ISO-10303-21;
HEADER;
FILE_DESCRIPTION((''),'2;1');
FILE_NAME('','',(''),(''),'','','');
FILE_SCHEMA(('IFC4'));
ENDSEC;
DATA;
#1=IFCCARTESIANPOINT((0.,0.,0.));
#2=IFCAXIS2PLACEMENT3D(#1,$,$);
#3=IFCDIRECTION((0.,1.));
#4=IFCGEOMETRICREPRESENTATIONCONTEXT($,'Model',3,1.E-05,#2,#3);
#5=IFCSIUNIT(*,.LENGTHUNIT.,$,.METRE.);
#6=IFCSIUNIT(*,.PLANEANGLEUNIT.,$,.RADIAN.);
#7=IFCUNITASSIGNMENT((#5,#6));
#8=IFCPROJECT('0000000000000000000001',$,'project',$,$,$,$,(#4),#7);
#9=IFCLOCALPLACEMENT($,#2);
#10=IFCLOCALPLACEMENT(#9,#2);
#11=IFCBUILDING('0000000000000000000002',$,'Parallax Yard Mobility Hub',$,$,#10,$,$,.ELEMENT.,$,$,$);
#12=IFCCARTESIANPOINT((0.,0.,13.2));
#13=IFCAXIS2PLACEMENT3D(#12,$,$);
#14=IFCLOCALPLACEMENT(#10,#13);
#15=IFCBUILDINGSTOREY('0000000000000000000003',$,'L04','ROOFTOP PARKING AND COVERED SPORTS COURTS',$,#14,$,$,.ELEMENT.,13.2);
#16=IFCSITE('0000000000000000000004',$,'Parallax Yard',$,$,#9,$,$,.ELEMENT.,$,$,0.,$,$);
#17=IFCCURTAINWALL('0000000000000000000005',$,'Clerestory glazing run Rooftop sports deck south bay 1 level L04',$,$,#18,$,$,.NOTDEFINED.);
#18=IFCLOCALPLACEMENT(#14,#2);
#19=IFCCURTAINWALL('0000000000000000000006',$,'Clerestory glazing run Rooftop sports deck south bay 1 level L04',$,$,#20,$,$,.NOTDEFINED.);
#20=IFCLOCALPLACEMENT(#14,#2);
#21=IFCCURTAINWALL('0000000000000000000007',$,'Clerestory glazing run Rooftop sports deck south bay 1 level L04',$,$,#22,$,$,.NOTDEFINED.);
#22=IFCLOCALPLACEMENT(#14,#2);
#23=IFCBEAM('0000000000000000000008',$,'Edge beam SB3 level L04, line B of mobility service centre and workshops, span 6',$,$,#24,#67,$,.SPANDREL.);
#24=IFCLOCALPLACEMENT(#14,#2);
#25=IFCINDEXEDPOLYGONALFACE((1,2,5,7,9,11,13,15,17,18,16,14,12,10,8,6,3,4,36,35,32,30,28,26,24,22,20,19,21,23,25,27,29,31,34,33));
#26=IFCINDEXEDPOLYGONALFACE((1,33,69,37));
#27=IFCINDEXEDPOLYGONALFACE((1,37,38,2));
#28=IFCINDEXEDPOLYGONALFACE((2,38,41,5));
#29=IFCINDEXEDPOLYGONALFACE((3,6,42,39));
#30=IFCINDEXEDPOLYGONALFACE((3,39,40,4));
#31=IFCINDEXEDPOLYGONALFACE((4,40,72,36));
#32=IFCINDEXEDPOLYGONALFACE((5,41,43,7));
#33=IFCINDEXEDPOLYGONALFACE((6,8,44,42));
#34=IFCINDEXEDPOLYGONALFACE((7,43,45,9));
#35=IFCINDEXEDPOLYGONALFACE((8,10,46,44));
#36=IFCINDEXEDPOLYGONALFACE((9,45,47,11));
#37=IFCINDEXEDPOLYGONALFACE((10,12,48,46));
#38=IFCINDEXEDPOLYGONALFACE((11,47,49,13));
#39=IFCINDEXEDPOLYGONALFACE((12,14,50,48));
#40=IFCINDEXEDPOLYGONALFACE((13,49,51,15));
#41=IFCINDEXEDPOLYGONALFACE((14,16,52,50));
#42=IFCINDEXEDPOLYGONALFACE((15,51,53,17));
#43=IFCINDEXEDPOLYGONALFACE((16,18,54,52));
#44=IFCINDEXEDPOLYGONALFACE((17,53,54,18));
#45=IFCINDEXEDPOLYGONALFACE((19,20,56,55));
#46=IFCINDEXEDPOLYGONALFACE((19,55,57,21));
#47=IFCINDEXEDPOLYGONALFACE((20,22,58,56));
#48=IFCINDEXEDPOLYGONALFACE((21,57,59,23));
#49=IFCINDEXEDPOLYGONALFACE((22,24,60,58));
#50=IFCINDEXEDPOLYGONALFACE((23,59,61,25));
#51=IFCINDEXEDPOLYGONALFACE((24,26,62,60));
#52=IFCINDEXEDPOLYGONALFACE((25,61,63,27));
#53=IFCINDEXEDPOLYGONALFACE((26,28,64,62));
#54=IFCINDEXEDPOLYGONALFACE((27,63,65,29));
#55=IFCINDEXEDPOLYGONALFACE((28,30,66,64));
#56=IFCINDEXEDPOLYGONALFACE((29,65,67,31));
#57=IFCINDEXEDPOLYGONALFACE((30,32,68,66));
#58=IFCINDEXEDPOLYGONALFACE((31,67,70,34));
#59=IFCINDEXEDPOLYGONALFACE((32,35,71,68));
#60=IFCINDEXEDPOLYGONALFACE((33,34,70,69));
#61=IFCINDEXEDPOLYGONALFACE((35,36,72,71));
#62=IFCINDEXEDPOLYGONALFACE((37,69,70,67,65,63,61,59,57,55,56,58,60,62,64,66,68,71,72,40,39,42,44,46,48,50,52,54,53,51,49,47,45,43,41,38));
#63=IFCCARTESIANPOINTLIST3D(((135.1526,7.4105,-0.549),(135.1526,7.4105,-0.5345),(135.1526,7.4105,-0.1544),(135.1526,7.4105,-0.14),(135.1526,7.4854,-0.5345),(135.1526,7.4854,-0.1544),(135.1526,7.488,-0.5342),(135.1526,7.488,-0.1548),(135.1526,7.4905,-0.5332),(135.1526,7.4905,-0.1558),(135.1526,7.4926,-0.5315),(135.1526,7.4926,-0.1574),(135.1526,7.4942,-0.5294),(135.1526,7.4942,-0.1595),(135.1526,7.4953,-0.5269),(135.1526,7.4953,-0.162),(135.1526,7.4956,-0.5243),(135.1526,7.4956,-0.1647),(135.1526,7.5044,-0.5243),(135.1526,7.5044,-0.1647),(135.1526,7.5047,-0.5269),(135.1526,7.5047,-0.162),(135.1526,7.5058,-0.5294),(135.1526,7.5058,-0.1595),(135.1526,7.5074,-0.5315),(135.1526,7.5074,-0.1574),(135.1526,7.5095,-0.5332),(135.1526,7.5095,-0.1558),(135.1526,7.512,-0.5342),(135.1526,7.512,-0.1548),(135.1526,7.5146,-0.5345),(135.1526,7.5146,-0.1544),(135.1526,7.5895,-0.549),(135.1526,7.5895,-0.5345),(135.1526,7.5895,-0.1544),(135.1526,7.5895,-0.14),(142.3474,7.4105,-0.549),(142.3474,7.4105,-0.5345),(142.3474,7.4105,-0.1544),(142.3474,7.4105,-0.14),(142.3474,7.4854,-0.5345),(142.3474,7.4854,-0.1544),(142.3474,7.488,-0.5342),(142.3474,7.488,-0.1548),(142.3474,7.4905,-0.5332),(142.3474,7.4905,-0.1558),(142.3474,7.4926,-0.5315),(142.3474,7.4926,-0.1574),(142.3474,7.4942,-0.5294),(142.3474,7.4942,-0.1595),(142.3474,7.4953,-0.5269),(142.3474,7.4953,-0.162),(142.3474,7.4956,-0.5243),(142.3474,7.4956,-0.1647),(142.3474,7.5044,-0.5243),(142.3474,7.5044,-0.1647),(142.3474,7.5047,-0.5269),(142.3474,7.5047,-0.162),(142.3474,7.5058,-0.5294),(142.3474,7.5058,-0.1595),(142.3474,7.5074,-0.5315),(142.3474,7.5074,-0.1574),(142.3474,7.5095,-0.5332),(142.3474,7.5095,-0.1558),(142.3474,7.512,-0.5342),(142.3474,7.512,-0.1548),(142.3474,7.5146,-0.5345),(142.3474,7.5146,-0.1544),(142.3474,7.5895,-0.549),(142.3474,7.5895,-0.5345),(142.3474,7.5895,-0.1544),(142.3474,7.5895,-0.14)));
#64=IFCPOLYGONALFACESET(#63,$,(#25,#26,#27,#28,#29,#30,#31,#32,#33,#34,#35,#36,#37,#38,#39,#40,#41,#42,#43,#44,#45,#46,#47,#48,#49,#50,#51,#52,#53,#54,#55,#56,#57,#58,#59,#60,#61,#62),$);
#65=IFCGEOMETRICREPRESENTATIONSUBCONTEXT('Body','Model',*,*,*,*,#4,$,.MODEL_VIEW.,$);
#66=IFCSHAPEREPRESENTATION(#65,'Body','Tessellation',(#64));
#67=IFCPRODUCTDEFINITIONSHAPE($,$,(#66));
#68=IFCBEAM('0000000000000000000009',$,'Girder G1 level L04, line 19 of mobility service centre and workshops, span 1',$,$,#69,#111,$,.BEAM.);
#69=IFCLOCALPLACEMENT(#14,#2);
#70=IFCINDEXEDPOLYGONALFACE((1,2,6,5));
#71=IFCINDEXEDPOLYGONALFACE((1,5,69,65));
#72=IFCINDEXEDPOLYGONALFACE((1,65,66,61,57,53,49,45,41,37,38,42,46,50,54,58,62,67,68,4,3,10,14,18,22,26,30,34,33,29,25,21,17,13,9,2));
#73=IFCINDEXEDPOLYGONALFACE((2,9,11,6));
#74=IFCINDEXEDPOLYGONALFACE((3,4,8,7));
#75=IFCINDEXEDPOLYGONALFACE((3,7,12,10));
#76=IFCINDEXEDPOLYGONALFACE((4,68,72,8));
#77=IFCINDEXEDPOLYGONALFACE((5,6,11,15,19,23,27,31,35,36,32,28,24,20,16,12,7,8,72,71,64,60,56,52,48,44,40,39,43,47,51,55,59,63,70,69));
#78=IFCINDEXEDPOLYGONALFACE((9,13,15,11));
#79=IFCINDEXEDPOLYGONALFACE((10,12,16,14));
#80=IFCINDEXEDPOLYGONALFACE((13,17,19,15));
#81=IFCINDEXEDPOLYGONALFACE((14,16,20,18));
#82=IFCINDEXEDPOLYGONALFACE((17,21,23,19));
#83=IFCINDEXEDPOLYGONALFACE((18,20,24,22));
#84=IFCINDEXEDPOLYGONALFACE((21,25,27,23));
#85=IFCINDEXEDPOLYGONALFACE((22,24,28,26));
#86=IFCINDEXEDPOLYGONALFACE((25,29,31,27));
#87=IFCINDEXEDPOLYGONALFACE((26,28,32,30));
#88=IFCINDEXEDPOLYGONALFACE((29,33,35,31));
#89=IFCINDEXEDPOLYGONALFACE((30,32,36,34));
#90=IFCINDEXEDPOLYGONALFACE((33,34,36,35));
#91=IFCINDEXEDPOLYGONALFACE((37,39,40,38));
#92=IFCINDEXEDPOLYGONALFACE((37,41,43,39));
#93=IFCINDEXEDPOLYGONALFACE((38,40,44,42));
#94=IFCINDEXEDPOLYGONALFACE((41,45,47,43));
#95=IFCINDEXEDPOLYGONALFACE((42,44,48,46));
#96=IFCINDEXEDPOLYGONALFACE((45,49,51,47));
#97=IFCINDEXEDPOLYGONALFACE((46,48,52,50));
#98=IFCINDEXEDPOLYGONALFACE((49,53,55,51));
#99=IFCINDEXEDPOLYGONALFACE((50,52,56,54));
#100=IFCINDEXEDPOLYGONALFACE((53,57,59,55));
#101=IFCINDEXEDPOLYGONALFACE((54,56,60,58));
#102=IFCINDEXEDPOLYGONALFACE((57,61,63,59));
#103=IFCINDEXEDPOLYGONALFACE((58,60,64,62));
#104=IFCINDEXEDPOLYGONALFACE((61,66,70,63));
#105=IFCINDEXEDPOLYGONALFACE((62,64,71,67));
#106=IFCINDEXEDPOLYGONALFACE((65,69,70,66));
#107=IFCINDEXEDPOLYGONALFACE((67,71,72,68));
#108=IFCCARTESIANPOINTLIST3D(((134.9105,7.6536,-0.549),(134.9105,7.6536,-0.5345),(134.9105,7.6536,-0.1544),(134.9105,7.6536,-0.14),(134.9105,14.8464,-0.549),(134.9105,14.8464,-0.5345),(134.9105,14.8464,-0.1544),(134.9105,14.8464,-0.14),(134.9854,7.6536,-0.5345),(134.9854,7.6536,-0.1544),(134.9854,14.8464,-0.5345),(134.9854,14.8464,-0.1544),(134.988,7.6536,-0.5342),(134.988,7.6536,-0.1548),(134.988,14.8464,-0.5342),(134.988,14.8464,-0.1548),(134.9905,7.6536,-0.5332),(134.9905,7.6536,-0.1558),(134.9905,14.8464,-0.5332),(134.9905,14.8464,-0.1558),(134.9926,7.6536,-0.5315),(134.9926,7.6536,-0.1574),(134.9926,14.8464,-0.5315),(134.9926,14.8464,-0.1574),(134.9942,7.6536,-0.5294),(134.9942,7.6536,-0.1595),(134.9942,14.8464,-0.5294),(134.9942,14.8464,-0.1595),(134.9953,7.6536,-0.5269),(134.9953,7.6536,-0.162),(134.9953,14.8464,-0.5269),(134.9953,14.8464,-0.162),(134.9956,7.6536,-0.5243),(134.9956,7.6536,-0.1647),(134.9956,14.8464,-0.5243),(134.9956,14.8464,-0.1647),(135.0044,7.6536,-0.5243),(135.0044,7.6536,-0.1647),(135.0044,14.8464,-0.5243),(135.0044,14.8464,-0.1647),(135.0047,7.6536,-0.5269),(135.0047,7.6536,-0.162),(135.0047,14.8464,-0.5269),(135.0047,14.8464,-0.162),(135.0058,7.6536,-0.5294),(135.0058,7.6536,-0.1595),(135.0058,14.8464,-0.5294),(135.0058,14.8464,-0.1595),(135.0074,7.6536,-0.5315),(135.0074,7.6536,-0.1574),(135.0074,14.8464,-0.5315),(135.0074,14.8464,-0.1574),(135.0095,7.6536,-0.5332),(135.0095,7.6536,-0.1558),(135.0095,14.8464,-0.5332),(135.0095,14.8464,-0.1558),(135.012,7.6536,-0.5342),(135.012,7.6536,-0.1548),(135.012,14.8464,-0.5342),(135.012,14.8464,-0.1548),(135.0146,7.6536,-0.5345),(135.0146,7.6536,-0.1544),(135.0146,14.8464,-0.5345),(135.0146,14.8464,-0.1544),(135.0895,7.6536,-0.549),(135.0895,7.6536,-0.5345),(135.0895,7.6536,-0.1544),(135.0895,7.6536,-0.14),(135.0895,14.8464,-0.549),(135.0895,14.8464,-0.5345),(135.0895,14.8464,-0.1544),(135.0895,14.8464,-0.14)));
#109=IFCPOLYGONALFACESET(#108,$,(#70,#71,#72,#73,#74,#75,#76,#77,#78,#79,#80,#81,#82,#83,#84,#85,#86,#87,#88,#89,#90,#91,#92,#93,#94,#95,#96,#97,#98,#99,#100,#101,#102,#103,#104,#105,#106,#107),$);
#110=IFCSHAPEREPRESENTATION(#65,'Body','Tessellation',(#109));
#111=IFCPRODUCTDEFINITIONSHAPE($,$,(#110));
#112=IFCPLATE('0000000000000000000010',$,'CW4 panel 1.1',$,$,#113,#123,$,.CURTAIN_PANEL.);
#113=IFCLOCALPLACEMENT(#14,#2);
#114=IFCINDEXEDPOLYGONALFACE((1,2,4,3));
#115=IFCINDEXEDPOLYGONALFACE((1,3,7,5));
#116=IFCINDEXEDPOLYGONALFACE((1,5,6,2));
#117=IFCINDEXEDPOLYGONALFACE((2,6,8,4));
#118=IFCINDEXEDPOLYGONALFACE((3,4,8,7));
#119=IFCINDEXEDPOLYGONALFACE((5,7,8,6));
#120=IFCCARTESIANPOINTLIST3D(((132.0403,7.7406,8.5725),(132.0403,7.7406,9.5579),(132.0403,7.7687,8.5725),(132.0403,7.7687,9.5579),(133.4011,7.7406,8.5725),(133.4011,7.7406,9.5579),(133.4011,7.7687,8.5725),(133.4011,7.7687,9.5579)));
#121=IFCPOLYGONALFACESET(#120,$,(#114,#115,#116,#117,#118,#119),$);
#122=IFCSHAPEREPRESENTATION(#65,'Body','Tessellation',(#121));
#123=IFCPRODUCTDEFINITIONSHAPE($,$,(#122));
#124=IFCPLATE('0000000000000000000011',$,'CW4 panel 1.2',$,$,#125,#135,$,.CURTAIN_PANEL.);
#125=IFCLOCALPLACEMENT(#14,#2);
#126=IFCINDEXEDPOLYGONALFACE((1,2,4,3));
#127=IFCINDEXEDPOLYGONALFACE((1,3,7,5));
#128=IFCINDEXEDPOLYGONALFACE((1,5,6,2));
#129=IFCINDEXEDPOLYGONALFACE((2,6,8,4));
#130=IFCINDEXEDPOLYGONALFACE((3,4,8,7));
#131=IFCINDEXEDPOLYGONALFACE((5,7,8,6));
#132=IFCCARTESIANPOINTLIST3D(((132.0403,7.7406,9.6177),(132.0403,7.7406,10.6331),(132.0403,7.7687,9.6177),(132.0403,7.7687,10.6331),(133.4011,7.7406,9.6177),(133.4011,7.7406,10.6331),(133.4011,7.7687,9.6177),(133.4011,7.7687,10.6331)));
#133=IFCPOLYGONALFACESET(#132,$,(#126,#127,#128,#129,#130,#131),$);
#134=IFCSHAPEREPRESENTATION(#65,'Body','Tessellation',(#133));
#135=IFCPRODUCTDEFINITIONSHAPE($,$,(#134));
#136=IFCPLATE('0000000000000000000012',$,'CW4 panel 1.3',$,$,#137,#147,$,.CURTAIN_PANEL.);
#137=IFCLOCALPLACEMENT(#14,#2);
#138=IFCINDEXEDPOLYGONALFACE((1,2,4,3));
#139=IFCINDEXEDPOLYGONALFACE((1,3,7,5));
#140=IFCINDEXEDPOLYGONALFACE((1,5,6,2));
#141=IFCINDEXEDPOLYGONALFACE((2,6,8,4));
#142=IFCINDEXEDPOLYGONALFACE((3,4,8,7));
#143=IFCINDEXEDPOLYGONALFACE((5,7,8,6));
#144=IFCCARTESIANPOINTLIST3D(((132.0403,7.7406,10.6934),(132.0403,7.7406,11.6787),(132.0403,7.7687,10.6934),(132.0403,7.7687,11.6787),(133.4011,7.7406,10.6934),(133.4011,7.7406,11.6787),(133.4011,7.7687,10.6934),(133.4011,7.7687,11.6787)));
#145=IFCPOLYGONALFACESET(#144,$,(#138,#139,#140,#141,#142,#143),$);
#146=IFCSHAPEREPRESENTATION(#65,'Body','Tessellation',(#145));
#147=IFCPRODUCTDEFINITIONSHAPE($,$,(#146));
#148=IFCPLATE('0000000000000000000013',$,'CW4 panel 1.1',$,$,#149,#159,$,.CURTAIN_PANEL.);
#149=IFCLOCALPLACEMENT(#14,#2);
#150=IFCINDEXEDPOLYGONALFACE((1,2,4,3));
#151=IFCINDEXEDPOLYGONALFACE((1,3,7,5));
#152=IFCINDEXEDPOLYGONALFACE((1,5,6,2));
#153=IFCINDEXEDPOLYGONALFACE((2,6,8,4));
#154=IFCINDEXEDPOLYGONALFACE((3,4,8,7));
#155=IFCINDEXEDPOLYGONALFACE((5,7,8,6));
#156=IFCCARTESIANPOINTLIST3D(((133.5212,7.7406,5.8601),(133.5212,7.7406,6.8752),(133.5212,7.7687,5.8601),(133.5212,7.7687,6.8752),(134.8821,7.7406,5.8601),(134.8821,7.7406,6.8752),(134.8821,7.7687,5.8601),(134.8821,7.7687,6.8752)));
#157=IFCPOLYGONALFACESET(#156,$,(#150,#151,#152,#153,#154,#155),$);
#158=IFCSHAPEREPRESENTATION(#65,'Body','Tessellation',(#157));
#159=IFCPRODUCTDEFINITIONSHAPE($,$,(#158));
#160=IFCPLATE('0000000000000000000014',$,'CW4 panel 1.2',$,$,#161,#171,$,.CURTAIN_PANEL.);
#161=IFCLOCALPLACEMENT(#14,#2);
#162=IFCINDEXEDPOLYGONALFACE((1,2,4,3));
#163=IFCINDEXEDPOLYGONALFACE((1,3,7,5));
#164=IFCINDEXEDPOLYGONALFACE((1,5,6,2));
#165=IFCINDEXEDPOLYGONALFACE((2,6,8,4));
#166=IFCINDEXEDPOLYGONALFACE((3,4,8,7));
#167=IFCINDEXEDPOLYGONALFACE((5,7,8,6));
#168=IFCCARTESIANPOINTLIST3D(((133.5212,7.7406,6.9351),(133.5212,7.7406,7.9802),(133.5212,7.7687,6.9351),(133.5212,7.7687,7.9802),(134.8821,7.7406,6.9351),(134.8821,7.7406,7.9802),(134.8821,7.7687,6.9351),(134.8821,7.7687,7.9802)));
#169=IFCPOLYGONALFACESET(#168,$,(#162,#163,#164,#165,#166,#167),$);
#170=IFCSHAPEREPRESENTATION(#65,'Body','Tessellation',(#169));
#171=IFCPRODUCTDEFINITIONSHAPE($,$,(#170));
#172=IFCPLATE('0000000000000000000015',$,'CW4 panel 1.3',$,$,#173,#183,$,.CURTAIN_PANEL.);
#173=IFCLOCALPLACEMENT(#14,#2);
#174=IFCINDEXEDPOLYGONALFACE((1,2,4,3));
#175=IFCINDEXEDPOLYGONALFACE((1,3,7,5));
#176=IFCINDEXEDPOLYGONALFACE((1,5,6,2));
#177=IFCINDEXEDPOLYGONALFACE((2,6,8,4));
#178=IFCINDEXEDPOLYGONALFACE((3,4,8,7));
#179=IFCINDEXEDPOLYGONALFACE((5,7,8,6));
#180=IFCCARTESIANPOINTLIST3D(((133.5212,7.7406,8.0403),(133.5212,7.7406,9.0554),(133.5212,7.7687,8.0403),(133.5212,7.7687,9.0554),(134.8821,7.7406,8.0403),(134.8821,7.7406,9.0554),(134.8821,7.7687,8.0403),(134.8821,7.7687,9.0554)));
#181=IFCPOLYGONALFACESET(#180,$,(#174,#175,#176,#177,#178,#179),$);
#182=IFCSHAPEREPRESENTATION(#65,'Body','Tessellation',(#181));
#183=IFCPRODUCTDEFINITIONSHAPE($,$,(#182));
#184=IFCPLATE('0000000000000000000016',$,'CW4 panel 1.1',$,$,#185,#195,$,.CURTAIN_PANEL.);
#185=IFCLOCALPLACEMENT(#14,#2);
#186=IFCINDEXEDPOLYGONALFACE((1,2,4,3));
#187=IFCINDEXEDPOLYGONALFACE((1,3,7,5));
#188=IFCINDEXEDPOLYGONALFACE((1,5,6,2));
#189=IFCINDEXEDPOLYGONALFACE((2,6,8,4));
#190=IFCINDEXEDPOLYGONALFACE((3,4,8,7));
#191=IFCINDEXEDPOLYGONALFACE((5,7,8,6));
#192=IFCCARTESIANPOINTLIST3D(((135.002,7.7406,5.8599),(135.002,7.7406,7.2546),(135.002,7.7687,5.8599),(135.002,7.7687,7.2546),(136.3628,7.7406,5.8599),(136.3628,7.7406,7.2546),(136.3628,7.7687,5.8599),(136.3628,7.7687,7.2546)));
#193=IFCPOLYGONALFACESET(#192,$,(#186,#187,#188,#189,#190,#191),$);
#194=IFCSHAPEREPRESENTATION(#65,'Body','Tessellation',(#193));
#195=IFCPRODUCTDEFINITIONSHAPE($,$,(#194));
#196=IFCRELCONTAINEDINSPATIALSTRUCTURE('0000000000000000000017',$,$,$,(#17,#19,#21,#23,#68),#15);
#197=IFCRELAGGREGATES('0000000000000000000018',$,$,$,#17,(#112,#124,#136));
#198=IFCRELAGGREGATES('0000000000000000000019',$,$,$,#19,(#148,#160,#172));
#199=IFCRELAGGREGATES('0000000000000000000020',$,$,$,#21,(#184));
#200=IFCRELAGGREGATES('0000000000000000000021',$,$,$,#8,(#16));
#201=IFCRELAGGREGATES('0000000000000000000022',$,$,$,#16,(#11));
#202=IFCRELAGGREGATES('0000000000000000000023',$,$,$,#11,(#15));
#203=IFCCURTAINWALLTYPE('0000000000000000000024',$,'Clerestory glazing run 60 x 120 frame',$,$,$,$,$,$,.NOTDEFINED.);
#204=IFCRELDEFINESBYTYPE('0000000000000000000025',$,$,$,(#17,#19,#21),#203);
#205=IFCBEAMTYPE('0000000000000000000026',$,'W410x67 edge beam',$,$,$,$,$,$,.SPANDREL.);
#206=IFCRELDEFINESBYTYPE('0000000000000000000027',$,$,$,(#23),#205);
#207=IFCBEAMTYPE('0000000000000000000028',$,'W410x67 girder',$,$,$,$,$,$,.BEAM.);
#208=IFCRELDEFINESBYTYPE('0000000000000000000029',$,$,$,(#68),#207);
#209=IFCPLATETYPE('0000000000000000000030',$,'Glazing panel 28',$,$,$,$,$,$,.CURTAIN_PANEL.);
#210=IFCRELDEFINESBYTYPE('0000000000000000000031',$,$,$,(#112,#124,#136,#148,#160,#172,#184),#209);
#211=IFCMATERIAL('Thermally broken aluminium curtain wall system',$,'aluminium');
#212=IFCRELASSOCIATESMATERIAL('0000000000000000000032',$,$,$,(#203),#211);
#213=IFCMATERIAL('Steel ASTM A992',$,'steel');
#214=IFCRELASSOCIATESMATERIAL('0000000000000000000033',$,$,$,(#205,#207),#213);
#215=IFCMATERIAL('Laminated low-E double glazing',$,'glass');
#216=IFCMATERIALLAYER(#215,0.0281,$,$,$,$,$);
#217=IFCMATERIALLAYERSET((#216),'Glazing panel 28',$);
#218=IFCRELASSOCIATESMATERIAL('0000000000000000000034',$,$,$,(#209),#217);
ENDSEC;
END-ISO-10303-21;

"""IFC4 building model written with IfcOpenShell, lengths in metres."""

from ifc_helpers import new_model, si_unit, direction, frame, origin, origin_2d, place, context, subcontext, project, spatial, rectangle, i_section, extrude, material, layer, layer_set, material_profile, profile_set, type_object, element, aggregate, save


model = new_model("IFC4")

# Units and contexts
model_context = context("Model", 3, precision=1e-05, world=origin(), true_north=direction((0.0, 1.0)))
body_context = subcontext(model_context, "Body", "Model", "MODEL_VIEW")
ifc_project = project(units=[si_unit("LENGTHUNIT", "METRE"), si_unit("PLANEANGLEUNIT", "RADIAN")], contexts=[model_context])

# Site, building, storey
site_placement = place(None, origin())
site = spatial("IfcSite", under=ifc_project, at=site_placement, Name="Parallax Yard", CompositionType="ELEMENT", RefElevation=0.0)
building_placement = place(site_placement, origin())
building = spatial("IfcBuilding", under=site, at=building_placement, Name="Parallax Yard Mobility Hub", CompositionType="ELEMENT")
storey_placement = place(building_placement, frame((0.0, 0.0, 13.2)))
storey = spatial("IfcBuildingStorey", under=building, at=storey_placement, Name="L04", Description="ROOFTOP PARKING AND COVERED SPORTS COURTS", CompositionType="ELEMENT", Elevation=13.2)

# Shared definitions
ifc_material_1 = material(Name="Thermally broken aluminium curtain wall system", Category="aluminium")
curtain_wall_type = type_object("IfcCurtainWallType", Name="Clerestory glazing run 60 x 120 frame", PredefinedType="NOTDEFINED", material=ifc_material_1)

# Curtain walls
curtain_wall_1_placement = place(storey_placement, origin())
curtain_wall_1 = element("IfcCurtainWall", 1, at=curtain_wall_1_placement, inside=storey, type_object=curtain_wall_type, Name="Clerestory glazing run Rooftop sports deck south bay 1 level L04", PredefinedType="NOTDEFINED")
curtain_wall_2_placement = place(storey_placement, origin())
curtain_wall_2 = element("IfcCurtainWall", 2, at=curtain_wall_2_placement, inside=storey, type_object=curtain_wall_type, Name="Clerestory glazing run Rooftop sports deck south bay 1 level L04", PredefinedType="NOTDEFINED")

# Curtain wall
curtain_wall_3_placement = place(storey_placement, origin())
curtain_wall_3 = element("IfcCurtainWall", 3, at=curtain_wall_3_placement, inside=storey, type_object=curtain_wall_type, Name="Clerestory glazing run Rooftop sports deck south bay 1 level L04", PredefinedType="NOTDEFINED")

# Shared definitions
ifc_material_2 = material(Name="Steel ASTM A992", Category="steel")

# Beams
ifc_material_profile_1 = material_profile(ifc_material_2, i_section(OverallWidth=0.179, OverallDepth=0.4089, WebThickness=0.0088, FlangeThickness=0.0144, FilletRadius=0.0103, at=origin_2d()), Name="W410x67")
ifc_profile_set_1 = profile_set([ifc_material_profile_1], Name="Steel ASTM A992")
beam_type_1 = type_object("IfcBeamType", Name="W410x67 edge beam", PredefinedType="SPANDREL", material=ifc_profile_set_1)
beam_1_placement = place(storey_placement, frame((135.1526, 7.5, -0.3445), z_axis=(1.0, 0.0, 0.0), x_axis=(0.0, 1.0, 0.0)))
element("IfcBeam", 4, at=beam_1_placement, inside=storey, type_object=beam_type_1, Name="Edge beam SB3 level L04, line B of mobility service centre and workshops, span 6", PredefinedType="SPANDREL", context=body_context, shape_type="SweptSolid", body=[
    extrude(i_section(OverallWidth=0.179, OverallDepth=0.4089, WebThickness=0.0088, FlangeThickness=0.0144, FilletRadius=0.0103, at=origin_2d()), origin(), (0.0, 0.0, 1.0), 7.1948),
])
ifc_material_profile_2 = material_profile(ifc_material_2, i_section(OverallWidth=0.179, OverallDepth=0.4089, WebThickness=0.0088, FlangeThickness=0.0144, FilletRadius=0.0103, at=origin_2d()), Name="W410x67")
ifc_profile_set_2 = profile_set([ifc_material_profile_2], Name="Steel ASTM A992")
beam_type_2 = type_object("IfcBeamType", Name="W410x67 girder", PredefinedType="BEAM", material=ifc_profile_set_2)
beam_2_placement = place(storey_placement, frame((135.0, 7.6536, -0.3445), z_axis=(0.0, 1.0, 0.0), x_axis=(-1.0, 0.0, 0.0)))
element("IfcBeam", 5, at=beam_2_placement, inside=storey, type_object=beam_type_2, Name="Girder G1 level L04, line 19 of mobility service centre and workshops, span 1", PredefinedType="BEAM", context=body_context, shape_type="SweptSolid", body=[
    extrude(i_section(OverallWidth=0.179, OverallDepth=0.4089, WebThickness=0.0088, FlangeThickness=0.0144, FilletRadius=0.0103, at=origin_2d()), origin(), (0.0, 0.0, 1.0), 7.1929),
])

# Plates
ifc_material_3 = material(Name="Laminated low-E double glazing", Category="glass")
ifc_layer_1 = layer(ifc_material_3, 0.0281)
ifc_layer_set_1 = layer_set([ifc_layer_1], Name="Glazing panel 28")
plate_type = type_object("IfcPlateType", Name="Glazing panel 28", PredefinedType="CURTAIN_PANEL", material=ifc_layer_set_1)
plate_1_placement = place(storey_placement, frame((132.7207, 7.7546, 8.5725), z_axis=(0.0, 0.0, 1.0), x_axis=(1.0, 0.0, 0.0)))
plate_1 = element("IfcPlate", 6, at=plate_1_placement, type_object=plate_type, Name="CW4 panel 1.1", PredefinedType="CURTAIN_PANEL", context=body_context, shape_type="SweptSolid", body=[
    extrude(rectangle(XDim=1.3608, YDim=0.0281, at=origin_2d()), origin(), (0.0, 0.0, 1.0), 0.9854),
])
plate_2_placement = place(storey_placement, frame((132.7207, 7.7546, 9.6177), z_axis=(0.0, 0.0, 1.0), x_axis=(1.0, 0.0, 0.0)))
plate_2 = element("IfcPlate", 7, at=plate_2_placement, type_object=plate_type, Name="CW4 panel 1.2", PredefinedType="CURTAIN_PANEL", context=body_context, shape_type="SweptSolid", body=[
    extrude(rectangle(XDim=1.3608, YDim=0.0281, at=origin_2d()), origin(), (0.0, 0.0, 1.0), 1.0154),
])
plate_3_placement = place(storey_placement, frame((132.7207, 7.7546, 10.6934), z_axis=(0.0, 0.0, 1.0), x_axis=(1.0, 0.0, 0.0)))
plate_3 = element("IfcPlate", 8, at=plate_3_placement, type_object=plate_type, Name="CW4 panel 1.3", PredefinedType="CURTAIN_PANEL", context=body_context, shape_type="SweptSolid", body=[
    extrude(rectangle(XDim=1.3608, YDim=0.0281, at=origin_2d()), origin(), (0.0, 0.0, 1.0), 0.9854),
])
aggregate(curtain_wall_1, [plate_1, plate_2, plate_3])
plate_4_placement = place(storey_placement, frame((134.2017, 7.7546, 5.8601), z_axis=(0.0, 0.0, 1.0), x_axis=(1.0, 0.0, 0.0)))
plate_4 = element("IfcPlate", 9, at=plate_4_placement, type_object=plate_type, Name="CW4 panel 1.1", PredefinedType="CURTAIN_PANEL", context=body_context, shape_type="SweptSolid", body=[
    extrude(rectangle(XDim=1.3608, YDim=0.0281, at=origin_2d()), origin(), (0.0, 0.0, 1.0), 1.0151),
])
plate_5_placement = place(storey_placement, frame((134.2017, 7.7546, 6.9351), z_axis=(0.0, 0.0, 1.0), x_axis=(1.0, 0.0, 0.0)))
plate_5 = element("IfcPlate", 10, at=plate_5_placement, type_object=plate_type, Name="CW4 panel 1.2", PredefinedType="CURTAIN_PANEL", context=body_context, shape_type="SweptSolid", body=[
    extrude(rectangle(XDim=1.3608, YDim=0.0281, at=origin_2d()), origin(), (0.0, 0.0, 1.0), 1.0452),
])
plate_6_placement = place(storey_placement, frame((134.2017, 7.7546, 8.0403), z_axis=(0.0, 0.0, 1.0), x_axis=(1.0, 0.0, 0.0)))
plate_6 = element("IfcPlate", 11, at=plate_6_placement, type_object=plate_type, Name="CW4 panel 1.3", PredefinedType="CURTAIN_PANEL", context=body_context, shape_type="SweptSolid", body=[
    extrude(rectangle(XDim=1.3608, YDim=0.0281, at=origin_2d()), origin(), (0.0, 0.0, 1.0), 1.0151),
])
aggregate(curtain_wall_2, [plate_4, plate_5, plate_6])
plate_7_placement = place(storey_placement, frame((135.6824, 7.7546, 5.8599), z_axis=(0.0, 0.0, 1.0), x_axis=(1.0, 0.0, 0.0)))
plate_7 = element("IfcPlate", 12, at=plate_7_placement, type_object=plate_type, Name="CW4 panel 1.1", PredefinedType="CURTAIN_PANEL", context=body_context, shape_type="SweptSolid", body=[
    extrude(rectangle(XDim=1.3608, YDim=0.0281, at=origin_2d()), origin(), (0.0, 0.0, 1.0), 1.3948),
])
aggregate(curtain_wall_3, [plate_7])

save(model, "model.ifc")
